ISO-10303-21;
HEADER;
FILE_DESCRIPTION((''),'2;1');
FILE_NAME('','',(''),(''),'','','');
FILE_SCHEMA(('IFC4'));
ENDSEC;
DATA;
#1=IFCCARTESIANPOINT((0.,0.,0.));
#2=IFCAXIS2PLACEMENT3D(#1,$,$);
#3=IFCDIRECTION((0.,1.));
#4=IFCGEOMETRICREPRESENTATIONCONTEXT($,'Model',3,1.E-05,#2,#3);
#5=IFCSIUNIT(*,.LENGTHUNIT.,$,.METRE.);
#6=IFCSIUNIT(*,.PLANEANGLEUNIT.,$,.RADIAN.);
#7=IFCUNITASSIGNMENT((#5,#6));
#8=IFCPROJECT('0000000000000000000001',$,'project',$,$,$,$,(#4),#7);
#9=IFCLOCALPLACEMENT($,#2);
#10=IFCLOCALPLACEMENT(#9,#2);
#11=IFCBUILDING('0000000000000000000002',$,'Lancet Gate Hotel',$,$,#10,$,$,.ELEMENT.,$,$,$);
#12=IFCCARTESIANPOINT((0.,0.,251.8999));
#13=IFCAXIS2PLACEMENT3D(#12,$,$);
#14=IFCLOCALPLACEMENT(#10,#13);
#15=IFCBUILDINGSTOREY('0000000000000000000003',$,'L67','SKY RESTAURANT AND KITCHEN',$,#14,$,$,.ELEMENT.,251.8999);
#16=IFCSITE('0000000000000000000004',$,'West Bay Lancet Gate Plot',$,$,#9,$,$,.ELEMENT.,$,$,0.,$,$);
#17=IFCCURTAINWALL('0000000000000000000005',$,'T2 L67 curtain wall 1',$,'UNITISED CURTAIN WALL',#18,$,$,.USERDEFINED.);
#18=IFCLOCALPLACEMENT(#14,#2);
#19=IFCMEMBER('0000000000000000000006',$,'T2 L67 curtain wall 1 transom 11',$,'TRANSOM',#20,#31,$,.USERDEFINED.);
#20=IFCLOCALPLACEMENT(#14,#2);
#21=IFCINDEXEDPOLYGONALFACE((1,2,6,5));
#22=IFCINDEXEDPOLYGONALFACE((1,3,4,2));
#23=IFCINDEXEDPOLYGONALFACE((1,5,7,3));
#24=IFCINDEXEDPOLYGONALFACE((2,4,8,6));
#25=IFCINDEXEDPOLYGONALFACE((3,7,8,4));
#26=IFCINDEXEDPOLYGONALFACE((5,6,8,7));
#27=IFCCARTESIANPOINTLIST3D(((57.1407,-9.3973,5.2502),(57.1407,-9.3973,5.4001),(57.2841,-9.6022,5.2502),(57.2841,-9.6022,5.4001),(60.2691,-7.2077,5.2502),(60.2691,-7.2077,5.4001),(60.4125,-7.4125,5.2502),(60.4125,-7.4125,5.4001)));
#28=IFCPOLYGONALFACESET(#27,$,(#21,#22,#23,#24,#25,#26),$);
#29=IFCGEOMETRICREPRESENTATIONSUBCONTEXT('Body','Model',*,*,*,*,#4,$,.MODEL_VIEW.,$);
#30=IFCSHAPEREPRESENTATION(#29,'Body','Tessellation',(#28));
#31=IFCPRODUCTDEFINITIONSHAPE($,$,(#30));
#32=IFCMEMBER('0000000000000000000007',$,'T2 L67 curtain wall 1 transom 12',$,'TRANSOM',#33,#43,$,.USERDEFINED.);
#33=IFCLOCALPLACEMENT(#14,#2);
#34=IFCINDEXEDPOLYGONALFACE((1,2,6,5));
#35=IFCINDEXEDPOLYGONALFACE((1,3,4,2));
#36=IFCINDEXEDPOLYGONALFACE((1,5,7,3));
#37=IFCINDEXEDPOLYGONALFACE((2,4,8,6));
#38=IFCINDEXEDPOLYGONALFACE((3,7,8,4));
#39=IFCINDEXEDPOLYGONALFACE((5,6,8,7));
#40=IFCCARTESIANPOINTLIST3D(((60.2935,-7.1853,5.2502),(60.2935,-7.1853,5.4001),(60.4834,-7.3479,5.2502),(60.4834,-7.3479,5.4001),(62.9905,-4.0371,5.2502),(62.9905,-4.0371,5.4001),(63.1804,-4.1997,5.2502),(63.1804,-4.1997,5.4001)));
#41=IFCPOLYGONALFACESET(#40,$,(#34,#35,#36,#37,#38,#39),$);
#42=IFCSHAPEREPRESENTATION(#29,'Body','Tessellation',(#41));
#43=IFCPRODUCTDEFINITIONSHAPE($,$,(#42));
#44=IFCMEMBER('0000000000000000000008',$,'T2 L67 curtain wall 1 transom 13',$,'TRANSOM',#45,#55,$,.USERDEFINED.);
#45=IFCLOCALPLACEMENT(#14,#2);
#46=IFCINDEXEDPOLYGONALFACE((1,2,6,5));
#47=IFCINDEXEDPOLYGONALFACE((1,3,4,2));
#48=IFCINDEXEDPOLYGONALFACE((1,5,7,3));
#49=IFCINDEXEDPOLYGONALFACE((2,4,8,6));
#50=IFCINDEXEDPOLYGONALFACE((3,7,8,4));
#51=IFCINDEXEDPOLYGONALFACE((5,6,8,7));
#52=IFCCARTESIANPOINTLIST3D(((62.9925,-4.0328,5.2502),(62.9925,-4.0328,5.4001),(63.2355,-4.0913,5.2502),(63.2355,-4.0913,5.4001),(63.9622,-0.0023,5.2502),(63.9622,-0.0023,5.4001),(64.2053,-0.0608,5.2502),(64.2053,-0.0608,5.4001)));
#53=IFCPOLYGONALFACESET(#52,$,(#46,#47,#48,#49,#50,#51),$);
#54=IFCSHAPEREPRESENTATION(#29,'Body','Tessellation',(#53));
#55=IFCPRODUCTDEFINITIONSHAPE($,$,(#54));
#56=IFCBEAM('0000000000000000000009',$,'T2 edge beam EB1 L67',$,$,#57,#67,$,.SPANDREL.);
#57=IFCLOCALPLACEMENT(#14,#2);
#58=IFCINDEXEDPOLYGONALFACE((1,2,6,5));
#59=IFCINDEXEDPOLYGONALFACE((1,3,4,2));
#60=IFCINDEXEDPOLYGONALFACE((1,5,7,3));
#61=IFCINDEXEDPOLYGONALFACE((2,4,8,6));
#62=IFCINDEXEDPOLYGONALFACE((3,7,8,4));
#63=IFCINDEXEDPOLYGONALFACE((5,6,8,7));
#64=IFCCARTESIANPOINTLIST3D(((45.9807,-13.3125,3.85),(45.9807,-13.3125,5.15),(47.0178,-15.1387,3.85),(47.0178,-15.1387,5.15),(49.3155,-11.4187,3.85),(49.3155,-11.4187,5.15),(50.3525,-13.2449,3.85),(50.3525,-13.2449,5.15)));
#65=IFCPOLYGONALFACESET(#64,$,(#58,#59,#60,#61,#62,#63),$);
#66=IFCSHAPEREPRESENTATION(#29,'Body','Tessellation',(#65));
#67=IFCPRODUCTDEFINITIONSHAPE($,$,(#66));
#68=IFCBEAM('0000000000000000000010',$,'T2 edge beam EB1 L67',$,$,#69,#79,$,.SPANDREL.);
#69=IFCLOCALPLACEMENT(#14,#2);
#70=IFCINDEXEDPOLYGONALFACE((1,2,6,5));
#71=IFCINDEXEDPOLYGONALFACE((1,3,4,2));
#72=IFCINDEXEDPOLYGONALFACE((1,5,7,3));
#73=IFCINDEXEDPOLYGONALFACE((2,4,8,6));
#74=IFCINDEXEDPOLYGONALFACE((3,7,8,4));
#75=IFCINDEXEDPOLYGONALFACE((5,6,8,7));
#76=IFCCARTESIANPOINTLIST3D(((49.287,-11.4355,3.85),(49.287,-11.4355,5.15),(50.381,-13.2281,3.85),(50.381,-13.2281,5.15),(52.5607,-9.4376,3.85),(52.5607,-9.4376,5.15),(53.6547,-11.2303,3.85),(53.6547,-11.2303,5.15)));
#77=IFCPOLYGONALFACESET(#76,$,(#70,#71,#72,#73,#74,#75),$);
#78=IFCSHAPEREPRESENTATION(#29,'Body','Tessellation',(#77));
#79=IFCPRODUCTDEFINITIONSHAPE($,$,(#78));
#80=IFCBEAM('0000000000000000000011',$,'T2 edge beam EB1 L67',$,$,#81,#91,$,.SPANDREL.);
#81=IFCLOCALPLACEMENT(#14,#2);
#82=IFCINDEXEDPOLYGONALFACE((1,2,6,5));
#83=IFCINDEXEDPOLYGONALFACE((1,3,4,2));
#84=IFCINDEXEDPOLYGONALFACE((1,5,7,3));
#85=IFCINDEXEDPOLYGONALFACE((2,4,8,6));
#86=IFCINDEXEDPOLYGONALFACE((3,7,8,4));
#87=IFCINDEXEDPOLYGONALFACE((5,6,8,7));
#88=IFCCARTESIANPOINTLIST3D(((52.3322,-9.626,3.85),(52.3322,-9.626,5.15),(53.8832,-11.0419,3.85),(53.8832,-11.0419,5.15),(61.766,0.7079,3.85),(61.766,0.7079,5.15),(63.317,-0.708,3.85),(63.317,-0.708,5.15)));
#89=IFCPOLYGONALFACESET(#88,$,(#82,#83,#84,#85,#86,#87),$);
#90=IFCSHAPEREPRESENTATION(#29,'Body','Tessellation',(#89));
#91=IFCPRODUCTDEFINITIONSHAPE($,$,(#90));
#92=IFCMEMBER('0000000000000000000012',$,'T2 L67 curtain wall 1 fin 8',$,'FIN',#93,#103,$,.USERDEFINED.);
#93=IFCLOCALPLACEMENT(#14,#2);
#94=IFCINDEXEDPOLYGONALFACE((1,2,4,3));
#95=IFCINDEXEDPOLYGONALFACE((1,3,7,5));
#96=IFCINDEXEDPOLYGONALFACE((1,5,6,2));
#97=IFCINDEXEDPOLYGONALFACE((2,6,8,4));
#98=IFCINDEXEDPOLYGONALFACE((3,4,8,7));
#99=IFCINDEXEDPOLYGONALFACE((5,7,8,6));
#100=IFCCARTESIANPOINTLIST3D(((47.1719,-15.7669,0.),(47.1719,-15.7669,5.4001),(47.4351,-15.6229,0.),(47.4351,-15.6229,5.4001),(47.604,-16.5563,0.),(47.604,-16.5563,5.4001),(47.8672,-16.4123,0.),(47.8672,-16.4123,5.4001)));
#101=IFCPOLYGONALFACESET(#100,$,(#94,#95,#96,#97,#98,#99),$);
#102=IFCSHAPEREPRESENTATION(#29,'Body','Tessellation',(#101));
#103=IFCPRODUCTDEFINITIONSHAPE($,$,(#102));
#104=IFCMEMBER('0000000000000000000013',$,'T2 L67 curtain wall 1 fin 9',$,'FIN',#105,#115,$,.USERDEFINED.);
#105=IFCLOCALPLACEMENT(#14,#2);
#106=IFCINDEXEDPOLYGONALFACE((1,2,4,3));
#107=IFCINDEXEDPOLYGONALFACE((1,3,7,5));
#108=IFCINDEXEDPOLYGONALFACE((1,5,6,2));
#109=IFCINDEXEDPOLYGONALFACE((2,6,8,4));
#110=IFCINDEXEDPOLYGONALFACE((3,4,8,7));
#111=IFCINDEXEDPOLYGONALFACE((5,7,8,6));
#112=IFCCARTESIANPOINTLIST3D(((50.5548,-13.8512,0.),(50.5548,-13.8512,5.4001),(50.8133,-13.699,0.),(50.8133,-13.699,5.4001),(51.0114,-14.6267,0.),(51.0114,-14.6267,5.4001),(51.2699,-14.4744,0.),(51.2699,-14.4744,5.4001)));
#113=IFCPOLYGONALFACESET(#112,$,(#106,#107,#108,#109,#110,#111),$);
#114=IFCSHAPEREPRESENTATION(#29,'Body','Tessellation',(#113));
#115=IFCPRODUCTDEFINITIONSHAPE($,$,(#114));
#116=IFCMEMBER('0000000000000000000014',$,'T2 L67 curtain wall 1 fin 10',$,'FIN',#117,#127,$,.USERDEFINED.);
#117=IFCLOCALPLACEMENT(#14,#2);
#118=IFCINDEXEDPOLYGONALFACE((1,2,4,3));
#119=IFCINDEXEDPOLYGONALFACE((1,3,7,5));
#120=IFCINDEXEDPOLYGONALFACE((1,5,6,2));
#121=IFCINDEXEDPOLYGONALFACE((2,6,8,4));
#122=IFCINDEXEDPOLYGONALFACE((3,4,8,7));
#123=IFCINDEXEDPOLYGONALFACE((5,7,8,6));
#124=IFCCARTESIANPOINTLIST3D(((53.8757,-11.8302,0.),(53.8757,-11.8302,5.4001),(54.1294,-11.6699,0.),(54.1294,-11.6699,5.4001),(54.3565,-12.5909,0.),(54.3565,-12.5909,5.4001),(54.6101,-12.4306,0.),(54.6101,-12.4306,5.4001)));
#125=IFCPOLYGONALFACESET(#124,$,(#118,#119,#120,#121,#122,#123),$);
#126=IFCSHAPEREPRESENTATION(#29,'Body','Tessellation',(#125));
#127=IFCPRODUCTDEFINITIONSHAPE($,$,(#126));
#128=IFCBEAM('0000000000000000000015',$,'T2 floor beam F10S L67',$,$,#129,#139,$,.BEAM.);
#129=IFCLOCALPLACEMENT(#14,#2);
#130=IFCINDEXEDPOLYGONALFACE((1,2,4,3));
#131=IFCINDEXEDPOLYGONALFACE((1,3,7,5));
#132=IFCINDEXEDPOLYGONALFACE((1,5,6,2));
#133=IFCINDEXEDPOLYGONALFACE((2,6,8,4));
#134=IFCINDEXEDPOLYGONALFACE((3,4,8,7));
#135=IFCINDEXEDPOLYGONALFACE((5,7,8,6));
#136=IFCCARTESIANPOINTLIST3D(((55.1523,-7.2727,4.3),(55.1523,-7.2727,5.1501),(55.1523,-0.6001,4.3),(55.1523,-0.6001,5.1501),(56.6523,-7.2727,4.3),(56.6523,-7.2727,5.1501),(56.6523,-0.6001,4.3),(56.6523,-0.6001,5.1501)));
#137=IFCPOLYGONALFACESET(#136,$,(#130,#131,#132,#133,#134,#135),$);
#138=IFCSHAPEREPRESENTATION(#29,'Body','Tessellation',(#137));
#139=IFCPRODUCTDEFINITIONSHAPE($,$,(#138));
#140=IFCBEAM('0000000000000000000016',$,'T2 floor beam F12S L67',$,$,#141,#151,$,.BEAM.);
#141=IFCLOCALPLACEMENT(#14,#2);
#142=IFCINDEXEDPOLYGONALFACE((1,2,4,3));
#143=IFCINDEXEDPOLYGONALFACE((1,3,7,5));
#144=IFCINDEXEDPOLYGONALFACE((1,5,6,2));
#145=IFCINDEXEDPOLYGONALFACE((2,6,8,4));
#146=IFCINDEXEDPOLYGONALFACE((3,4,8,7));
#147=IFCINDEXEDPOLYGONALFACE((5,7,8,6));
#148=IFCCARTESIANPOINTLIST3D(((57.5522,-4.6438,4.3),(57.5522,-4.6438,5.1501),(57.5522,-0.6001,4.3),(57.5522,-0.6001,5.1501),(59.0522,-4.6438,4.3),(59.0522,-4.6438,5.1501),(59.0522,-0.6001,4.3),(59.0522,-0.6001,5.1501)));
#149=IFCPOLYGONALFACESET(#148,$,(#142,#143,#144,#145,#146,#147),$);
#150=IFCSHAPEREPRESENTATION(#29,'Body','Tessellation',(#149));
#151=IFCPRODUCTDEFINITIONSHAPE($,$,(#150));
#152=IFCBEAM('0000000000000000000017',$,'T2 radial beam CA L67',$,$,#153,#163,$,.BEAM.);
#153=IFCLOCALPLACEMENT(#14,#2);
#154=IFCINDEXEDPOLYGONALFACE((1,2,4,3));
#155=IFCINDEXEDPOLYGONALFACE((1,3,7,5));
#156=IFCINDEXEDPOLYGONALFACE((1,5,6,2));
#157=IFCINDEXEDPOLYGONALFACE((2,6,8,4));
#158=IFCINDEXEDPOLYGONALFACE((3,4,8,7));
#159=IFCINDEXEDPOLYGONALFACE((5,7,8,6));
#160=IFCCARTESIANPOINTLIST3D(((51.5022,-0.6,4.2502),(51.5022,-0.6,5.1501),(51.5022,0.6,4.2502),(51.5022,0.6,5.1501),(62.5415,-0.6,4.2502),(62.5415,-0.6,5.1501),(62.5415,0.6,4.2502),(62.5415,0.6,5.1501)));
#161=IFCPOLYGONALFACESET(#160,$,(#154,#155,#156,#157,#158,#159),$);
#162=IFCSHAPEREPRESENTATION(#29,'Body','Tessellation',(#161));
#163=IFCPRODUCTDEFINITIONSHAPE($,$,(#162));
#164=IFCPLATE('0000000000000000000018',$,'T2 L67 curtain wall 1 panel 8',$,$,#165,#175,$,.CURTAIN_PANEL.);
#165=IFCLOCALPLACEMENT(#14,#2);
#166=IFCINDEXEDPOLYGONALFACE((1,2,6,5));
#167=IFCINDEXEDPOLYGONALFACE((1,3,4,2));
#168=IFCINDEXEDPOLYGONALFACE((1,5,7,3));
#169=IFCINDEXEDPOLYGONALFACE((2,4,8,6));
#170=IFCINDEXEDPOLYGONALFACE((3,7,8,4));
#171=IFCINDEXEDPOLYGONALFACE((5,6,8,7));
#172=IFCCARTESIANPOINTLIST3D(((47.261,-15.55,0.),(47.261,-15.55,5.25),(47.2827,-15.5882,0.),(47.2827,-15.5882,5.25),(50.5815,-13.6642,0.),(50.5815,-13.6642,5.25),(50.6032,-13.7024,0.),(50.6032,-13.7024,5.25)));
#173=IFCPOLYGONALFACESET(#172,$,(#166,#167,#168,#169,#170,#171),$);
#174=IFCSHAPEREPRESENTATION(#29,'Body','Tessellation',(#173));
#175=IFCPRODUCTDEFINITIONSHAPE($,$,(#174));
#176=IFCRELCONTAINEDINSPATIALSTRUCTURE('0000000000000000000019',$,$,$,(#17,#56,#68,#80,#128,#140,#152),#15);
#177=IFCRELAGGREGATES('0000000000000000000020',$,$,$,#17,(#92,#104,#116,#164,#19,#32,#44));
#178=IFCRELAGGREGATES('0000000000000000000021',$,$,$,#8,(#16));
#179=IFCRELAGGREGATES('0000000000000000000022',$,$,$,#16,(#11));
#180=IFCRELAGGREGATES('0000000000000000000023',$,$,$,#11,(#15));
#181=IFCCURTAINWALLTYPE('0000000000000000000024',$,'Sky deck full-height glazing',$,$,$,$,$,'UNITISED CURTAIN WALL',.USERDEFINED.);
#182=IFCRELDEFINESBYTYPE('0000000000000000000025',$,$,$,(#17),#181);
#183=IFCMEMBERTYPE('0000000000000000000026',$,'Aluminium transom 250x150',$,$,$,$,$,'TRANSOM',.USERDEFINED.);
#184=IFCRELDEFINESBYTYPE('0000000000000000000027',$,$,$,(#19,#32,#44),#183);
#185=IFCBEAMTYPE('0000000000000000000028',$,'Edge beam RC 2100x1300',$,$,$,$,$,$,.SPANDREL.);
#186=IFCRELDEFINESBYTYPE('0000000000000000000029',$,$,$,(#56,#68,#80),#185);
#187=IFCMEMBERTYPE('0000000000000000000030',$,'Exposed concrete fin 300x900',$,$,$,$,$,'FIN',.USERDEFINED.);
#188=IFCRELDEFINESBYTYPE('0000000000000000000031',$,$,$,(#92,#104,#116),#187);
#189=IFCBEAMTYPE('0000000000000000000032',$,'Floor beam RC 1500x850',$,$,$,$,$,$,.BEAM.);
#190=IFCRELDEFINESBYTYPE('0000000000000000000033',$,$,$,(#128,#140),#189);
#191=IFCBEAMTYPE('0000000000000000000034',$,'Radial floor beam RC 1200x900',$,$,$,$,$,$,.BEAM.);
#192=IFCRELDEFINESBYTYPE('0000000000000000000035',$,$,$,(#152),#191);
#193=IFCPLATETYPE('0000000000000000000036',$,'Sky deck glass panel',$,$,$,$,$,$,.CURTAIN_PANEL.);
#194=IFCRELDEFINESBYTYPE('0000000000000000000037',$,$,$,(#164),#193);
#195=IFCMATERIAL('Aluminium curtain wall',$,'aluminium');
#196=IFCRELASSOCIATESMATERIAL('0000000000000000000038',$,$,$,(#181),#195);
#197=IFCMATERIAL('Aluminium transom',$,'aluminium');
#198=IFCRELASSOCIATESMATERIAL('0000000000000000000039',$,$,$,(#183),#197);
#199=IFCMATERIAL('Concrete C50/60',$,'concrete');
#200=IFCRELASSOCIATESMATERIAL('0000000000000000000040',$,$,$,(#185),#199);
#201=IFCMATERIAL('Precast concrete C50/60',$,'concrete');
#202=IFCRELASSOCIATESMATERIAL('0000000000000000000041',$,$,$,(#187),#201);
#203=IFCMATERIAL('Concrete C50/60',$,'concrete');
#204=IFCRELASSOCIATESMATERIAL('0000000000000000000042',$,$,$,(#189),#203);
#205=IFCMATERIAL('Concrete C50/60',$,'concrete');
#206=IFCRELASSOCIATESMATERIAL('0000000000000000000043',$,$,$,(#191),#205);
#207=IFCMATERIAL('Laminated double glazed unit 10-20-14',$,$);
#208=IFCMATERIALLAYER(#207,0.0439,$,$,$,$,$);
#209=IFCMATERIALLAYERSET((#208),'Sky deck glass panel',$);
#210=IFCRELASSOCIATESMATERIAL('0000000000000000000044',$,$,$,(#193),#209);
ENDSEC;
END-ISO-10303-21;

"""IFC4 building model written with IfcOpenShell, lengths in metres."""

from ifc_helpers import new_model, si_unit, direction, frame, origin, origin_2d, place, context, subcontext, project, spatial, rectangle, extrude, material, layer, layer_set, material_profile, profile_set, type_object, element, aggregate, save


model = new_model("IFC4")

# Units and contexts
model_context = context("Model", 3, precision=1e-05, world=origin(), true_north=direction((0.0, 1.0)))
body_context = subcontext(model_context, "Body", "Model", "MODEL_VIEW")
ifc_project = project(units=[si_unit("LENGTHUNIT", "METRE"), si_unit("PLANEANGLEUNIT", "RADIAN")], contexts=[model_context])

# Site, building, storey
site_placement = place(None, origin())
site = spatial("IfcSite", under=ifc_project, at=site_placement, Name="West Bay Lancet Gate Plot", CompositionType="ELEMENT", RefElevation=0.0)
building_placement = place(site_placement, origin())
building = spatial("IfcBuilding", under=site, at=building_placement, Name="Lancet Gate Hotel", CompositionType="ELEMENT")
storey_placement = place(building_placement, frame((0.0, 0.0, 251.8999)))
storey = spatial("IfcBuildingStorey", under=building, at=storey_placement, Name="L67", Description="SKY RESTAURANT AND KITCHEN", CompositionType="ELEMENT", Elevation=251.8999)

# Curtain wall, members
ifc_material_1 = material(Name="Aluminium curtain wall", Category="aluminium")
curtain_wall_type = type_object("IfcCurtainWallType", Name="Sky deck full-height glazing", ElementType="UNITISED CURTAIN WALL", PredefinedType="USERDEFINED", material=ifc_material_1)
curtain_wall_placement = place(storey_placement, origin())
curtain_wall = element("IfcCurtainWall", 1, at=curtain_wall_placement, inside=storey, type_object=curtain_wall_type, Name="T2 L67 curtain wall 1", ObjectType="UNITISED CURTAIN WALL", PredefinedType="USERDEFINED")
ifc_material_2 = material(Name="Aluminium transom", Category="aluminium")
ifc_material_profile_1 = material_profile(ifc_material_2, rectangle(XDim=0.25, YDim=0.1499, at=origin_2d()), Name="TRANSOM 250x150")
ifc_profile_set_1 = profile_set([ifc_material_profile_1], Name="Aluminium transom")
member_type_1 = type_object("IfcMemberType", Name="Aluminium transom 250x150", ElementType="TRANSOM", PredefinedType="USERDEFINED", material=ifc_profile_set_1)
member_1_placement = place(storey_placement, frame((57.2124, -9.4998, 5.3252), z_axis=(0.819256, 0.573428, 0.0), x_axis=(-0.573428, 0.819256, 0.0)))
member_1 = element("IfcMember", 2, at=member_1_placement, type_object=member_type_1, Name="T2 L67 curtain wall 1 transom 11", ObjectType="TRANSOM", PredefinedType="USERDEFINED", context=body_context, shape_type="SweptSolid", body=[
    extrude(rectangle(XDim=0.25, YDim=0.1499, at=origin_2d()), origin(), (0.0, 0.0, 1.0), 3.8186),
])
member_2_placement = place(storey_placement, frame((60.3884, -7.2666, 5.3252), z_axis=(0.650593, 0.759427, 0.0), x_axis=(-0.759427, 0.650593, 0.0)))
member_2 = element("IfcMember", 3, at=member_2_placement, type_object=member_type_1, Name="T2 L67 curtain wall 1 transom 12", ObjectType="TRANSOM", PredefinedType="USERDEFINED", context=body_context, shape_type="SweptSolid", body=[
    extrude(rectangle(XDim=0.25, YDim=0.1499, at=origin_2d()), origin(), (0.0, 0.0, 1.0), 4.1455),
])
member_3_placement = place(storey_placement, frame((63.114, -4.062, 5.3252), z_axis=(0.233921, 0.972256, 0.0), x_axis=(-0.972256, 0.233921, 0.0)))
member_3 = element("IfcMember", 4, at=member_3_placement, type_object=member_type_1, Name="T2 L67 curtain wall 1 transom 13", ObjectType="TRANSOM", PredefinedType="USERDEFINED", context=body_context, shape_type="SweptSolid", body=[
    extrude(rectangle(XDim=0.25, YDim=0.1499, at=origin_2d()), origin(), (0.0, 0.0, 1.0), 4.1455),
])

# Beams
ifc_material_3 = material(Name="Concrete C50/60", Category="concrete")
ifc_material_profile_2 = material_profile(ifc_material_3, rectangle(XDim=2.1001, YDim=1.3, at=origin_2d()), Name="RC 2100x1300")
ifc_profile_set_2 = profile_set([ifc_material_profile_2], Name="Concrete C50/60")
beam_type_1 = type_object("IfcBeamType", Name="Edge beam RC 2100x1300", PredefinedType="SPANDREL", material=ifc_profile_set_2)
beam_1_placement = place(storey_placement, frame((46.4993, -14.2256, 4.5), z_axis=(0.86956, 0.493827, 0.0), x_axis=(-0.493827, 0.86956, 0.0)))
element("IfcBeam", 5, at=beam_1_placement, inside=storey, type_object=beam_type_1, Name="T2 edge beam EB1 L67", PredefinedType="SPANDREL", context=body_context, shape_type="SweptSolid", body=[
    extrude(rectangle(XDim=2.1001, YDim=1.3, at=origin_2d()), origin(), (0.0, 0.0, 1.0), 3.835),
])
beam_2_placement = place(storey_placement, frame((49.834, -12.3318, 4.5), z_axis=(0.853604, 0.520922, 0.0), x_axis=(-0.520922, 0.853604, 0.0)))
element("IfcBeam", 6, at=beam_2_placement, inside=storey, type_object=beam_type_1, Name="T2 edge beam EB1 L67", PredefinedType="SPANDREL", context=body_context, shape_type="SweptSolid", body=[
    extrude(rectangle(XDim=2.1001, YDim=1.3, at=origin_2d()), origin(), (0.0, 0.0, 1.0), 3.8352),
])
beam_3_placement = place(storey_placement, frame((53.1077, -10.334, 4.5), z_axis=(0.674209, 0.73854, 0.0), x_axis=(-0.73854, 0.674209, 0.0)))
element("IfcBeam", 7, at=beam_3_placement, inside=storey, type_object=beam_type_1, Name="T2 edge beam EB1 L67", PredefinedType="SPANDREL", context=body_context, shape_type="SweptSolid", body=[
    extrude(rectangle(XDim=2.1001, YDim=1.3, at=origin_2d()), origin(), (0.0, 0.0, 1.0), 13.9924),
])

# Members
ifc_material_4 = material(Name="Precast concrete C50/60", Category="concrete")
ifc_material_profile_3 = material_profile(ifc_material_4, rectangle(XDim=0.3, YDim=0.8999, at=origin_2d()), Name="FIN 300x900")
ifc_profile_set_3 = profile_set([ifc_material_profile_3], Name="Precast concrete C50/60")
member_type_2 = type_object("IfcMemberType", Name="Exposed concrete fin 300x900", ElementType="FIN", PredefinedType="USERDEFINED", material=ifc_profile_set_3)
member_4_placement = place(storey_placement, frame((47.5195, -16.0896, 0.0), z_axis=(0.0, 0.0, 1.0), x_axis=(0.877195, 0.480135, 0.0)))
member_4 = element("IfcMember", 8, at=member_4_placement, type_object=member_type_2, Name="T2 L67 curtain wall 1 fin 8", ObjectType="FIN", PredefinedType="USERDEFINED", context=body_context, shape_type="SweptSolid", body=[
    extrude(rectangle(XDim=0.3, YDim=0.8999, at=origin_2d()), origin(), (0.0, 0.0, 1.0), 5.4001),
])
member_5_placement = place(storey_placement, frame((50.9124, -14.1628, 0.0), z_axis=(0.0, 0.0, 1.0), x_axis=(0.861692, 0.507432, 0.0)))
member_5 = element("IfcMember", 9, at=member_5_placement, type_object=member_type_2, Name="T2 L67 curtain wall 1 fin 9", ObjectType="FIN", PredefinedType="USERDEFINED", context=body_context, shape_type="SweptSolid", body=[
    extrude(rectangle(XDim=0.3, YDim=0.8999, at=origin_2d()), origin(), (0.0, 0.0, 1.0), 5.4001),
])
member_6_placement = place(storey_placement, frame((54.2429, -12.1304, 0.0), z_axis=(0.0, 0.0, 1.0), x_axis=(0.84534, 0.534229, 0.0)))
member_6 = element("IfcMember", 10, at=member_6_placement, type_object=member_type_2, Name="T2 L67 curtain wall 1 fin 10", ObjectType="FIN", PredefinedType="USERDEFINED", context=body_context, shape_type="SweptSolid", body=[
    extrude(rectangle(XDim=0.3, YDim=0.8999, at=origin_2d()), origin(), (0.0, 0.0, 1.0), 5.4001),
])

# Beams
ifc_material_5 = material(Name="Concrete C50/60", Category="concrete")
ifc_material_profile_4 = material_profile(ifc_material_5, rectangle(XDim=1.5, YDim=0.8501, at=origin_2d()), Name="RC 1500x850")
ifc_profile_set_4 = profile_set([ifc_material_profile_4], Name="Concrete C50/60")
beam_type_2 = type_object("IfcBeamType", Name="Floor beam RC 1500x850", PredefinedType="BEAM", material=ifc_profile_set_4)
beam_4_placement = place(storey_placement, frame((55.9023, -7.2727, 4.7251), z_axis=(0.0, 1.0, 0.0), x_axis=(-1.0, 0.0, 0.0)))
element("IfcBeam", 11, at=beam_4_placement, inside=storey, type_object=beam_type_2, Name="T2 floor beam F10S L67", PredefinedType="BEAM", context=body_context, shape_type="SweptSolid", body=[
    extrude(rectangle(XDim=1.5, YDim=0.8501, at=origin_2d()), origin(), (0.0, 0.0, 1.0), 6.6726),
])
beam_5_placement = place(storey_placement, frame((58.3022, -4.6438, 4.7251), z_axis=(0.0, 1.0, 0.0), x_axis=(-1.0, 0.0, 0.0)))
element("IfcBeam", 12, at=beam_5_placement, inside=storey, type_object=beam_type_2, Name="T2 floor beam F12S L67", PredefinedType="BEAM", context=body_context, shape_type="SweptSolid", body=[
    extrude(rectangle(XDim=1.5, YDim=0.8501, at=origin_2d()), origin(), (0.0, 0.0, 1.0), 4.0437),
])
ifc_material_6 = material(Name="Concrete C50/60", Category="concrete")
ifc_material_profile_5 = material_profile(ifc_material_6, rectangle(XDim=1.2, YDim=0.8999, at=origin_2d()), Name="RC 1200x900")
ifc_profile_set_5 = profile_set([ifc_material_profile_5], Name="Concrete C50/60")
beam_type_3 = type_object("IfcBeamType", Name="Radial floor beam RC 1200x900", PredefinedType="BEAM", material=ifc_profile_set_5)
beam_6_placement = place(storey_placement, frame((62.5415, 0.0, 4.7002), z_axis=(-1.0, 0.0, 0.0), x_axis=(0.0, -1.0, 0.0)))
element("IfcBeam", 13, at=beam_6_placement, inside=storey, type_object=beam_type_3, Name="T2 radial beam CA L67", PredefinedType="BEAM", context=body_context, shape_type="SweptSolid", body=[
    extrude(rectangle(XDim=1.2, YDim=0.8999, at=origin_2d()), origin(), (0.0, 0.0, 1.0), 11.0393),
])

# Plate
ifc_material_7 = material(Name="Laminated double glazed unit 10-20-14")
ifc_layer_1 = layer(ifc_material_7, 0.0439)
ifc_layer_set_1 = layer_set([ifc_layer_1], Name="Sky deck glass panel")
plate_type = type_object("IfcPlateType", Name="Sky deck glass panel", PredefinedType="CURTAIN_PANEL", material=ifc_layer_set_1)
plate_1_placement = place(storey_placement, frame((48.9321, -14.6262, 0.0), z_axis=(0.0, 0.0, 1.0), x_axis=(0.86955, 0.493844, 0.0)))
plate_1 = element("IfcPlate", 14, at=plate_1_placement, type_object=plate_type, Name="T2 L67 curtain wall 1 panel 8", PredefinedType="CURTAIN_PANEL", context=body_context, shape_type="SweptSolid", body=[
    extrude(rectangle(XDim=3.8186, YDim=0.0439, at=origin_2d()), origin(), (0.0, 0.0, 1.0), 5.25),
])
aggregate(curtain_wall, [member_4, member_5, member_6, plate_1, member_1, member_2, member_3])

save(model, "model.ifc")
